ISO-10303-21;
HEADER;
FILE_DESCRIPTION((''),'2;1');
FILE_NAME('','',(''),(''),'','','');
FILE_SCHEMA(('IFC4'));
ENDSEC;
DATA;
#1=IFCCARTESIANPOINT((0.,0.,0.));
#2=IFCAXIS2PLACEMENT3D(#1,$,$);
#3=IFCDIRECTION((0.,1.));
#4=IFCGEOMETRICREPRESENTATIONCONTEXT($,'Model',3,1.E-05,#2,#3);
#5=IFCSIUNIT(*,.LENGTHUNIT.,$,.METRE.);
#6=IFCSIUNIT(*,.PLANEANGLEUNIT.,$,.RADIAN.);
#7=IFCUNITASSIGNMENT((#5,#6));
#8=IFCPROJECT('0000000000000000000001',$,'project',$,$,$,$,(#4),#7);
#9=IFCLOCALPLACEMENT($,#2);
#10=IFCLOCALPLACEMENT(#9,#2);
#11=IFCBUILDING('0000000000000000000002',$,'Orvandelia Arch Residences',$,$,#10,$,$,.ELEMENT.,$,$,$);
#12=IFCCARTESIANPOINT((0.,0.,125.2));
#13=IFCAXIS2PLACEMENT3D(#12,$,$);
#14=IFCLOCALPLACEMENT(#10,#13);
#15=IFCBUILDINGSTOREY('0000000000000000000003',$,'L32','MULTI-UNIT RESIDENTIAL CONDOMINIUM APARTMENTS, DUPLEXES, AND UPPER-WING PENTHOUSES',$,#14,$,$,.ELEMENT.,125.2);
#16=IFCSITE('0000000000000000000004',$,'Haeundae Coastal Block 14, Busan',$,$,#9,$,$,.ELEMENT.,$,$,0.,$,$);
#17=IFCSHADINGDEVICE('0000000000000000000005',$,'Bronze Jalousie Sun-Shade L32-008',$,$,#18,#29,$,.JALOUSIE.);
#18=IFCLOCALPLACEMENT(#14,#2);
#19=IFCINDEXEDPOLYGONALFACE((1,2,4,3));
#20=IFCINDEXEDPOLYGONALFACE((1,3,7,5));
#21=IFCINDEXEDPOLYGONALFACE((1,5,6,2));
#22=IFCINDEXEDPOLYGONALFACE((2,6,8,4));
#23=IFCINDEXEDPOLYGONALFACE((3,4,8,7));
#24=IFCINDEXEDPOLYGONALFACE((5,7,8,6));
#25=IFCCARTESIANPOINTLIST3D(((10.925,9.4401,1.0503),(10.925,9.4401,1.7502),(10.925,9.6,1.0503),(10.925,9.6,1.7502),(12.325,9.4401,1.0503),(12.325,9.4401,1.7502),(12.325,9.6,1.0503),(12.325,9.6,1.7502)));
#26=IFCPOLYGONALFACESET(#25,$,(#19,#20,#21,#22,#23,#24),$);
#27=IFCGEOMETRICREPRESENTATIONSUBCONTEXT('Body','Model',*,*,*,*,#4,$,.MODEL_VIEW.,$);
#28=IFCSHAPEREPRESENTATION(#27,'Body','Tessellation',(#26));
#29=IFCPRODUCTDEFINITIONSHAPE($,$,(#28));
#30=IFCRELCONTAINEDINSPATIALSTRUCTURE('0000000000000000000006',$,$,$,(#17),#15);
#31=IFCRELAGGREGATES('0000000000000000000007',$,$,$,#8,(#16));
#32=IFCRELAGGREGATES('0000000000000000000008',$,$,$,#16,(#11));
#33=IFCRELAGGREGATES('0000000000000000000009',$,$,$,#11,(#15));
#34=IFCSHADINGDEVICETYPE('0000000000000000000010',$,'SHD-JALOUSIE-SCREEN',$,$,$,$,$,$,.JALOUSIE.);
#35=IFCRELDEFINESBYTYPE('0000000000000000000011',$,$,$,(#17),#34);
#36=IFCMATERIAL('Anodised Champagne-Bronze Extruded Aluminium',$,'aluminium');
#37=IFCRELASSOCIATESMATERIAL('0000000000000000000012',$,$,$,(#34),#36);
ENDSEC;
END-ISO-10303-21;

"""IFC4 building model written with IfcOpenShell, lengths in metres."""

from ifc_helpers import new_model, si_unit, direction, frame, origin, origin_2d, place, context, subcontext, project, spatial, rectangle, extrude, material, type_object, element, save


model = new_model("IFC4")

# Units and contexts
model_context = context("Model", 3, precision=1e-05, world=origin(), true_north=direction((0.0, 1.0)))
body_context = subcontext(model_context, "Body", "Model", "MODEL_VIEW")
ifc_project = project(units=[si_unit("LENGTHUNIT", "METRE"), si_unit("PLANEANGLEUNIT", "RADIAN")], contexts=[model_context])

# Site, building, storey
site_placement = place(None, origin())
site = spatial("IfcSite", under=ifc_project, at=site_placement, Name="Haeundae Coastal Block 14, Busan", CompositionType="ELEMENT", RefElevation=0.0)
building_placement = place(site_placement, origin())
building = spatial("IfcBuilding", under=site, at=building_placement, Name="Orvandelia Arch Residences", CompositionType="ELEMENT")
storey_placement = place(building_placement, frame((0.0, 0.0, 125.2)))
storey = spatial("IfcBuildingStorey", under=building, at=storey_placement, Name="L32", Description="MULTI-UNIT RESIDENTIAL CONDOMINIUM APARTMENTS, DUPLEXES, AND UPPER-WING PENTHOUSES", CompositionType="ELEMENT", Elevation=125.2)

# Shading device
ifc_material_1 = material(Name="Anodised Champagne-Bronze Extruded Aluminium", Category="aluminium")
shading_device_type = type_object("IfcShadingDeviceType", Name="SHD-JALOUSIE-SCREEN", PredefinedType="JALOUSIE", material=ifc_material_1)
shading_device_placement = place(storey_placement, frame((11.625, 9.52, 1.0503), z_axis=(0.0, 0.0, 1.0), x_axis=(-1.0, 0.0, 0.0)))
element("IfcShadingDevice", 1, at=shading_device_placement, inside=storey, type_object=shading_device_type, Name="Bronze Jalousie Sun-Shade L32-008", PredefinedType="JALOUSIE", context=body_context, shape_type="SweptSolid", body=[
    extrude(rectangle(XDim=1.3999, YDim=0.1599, at=origin_2d()), origin(), (0.0, 0.0, 1.0), 0.7),
])

save(model, "model.ifc")
